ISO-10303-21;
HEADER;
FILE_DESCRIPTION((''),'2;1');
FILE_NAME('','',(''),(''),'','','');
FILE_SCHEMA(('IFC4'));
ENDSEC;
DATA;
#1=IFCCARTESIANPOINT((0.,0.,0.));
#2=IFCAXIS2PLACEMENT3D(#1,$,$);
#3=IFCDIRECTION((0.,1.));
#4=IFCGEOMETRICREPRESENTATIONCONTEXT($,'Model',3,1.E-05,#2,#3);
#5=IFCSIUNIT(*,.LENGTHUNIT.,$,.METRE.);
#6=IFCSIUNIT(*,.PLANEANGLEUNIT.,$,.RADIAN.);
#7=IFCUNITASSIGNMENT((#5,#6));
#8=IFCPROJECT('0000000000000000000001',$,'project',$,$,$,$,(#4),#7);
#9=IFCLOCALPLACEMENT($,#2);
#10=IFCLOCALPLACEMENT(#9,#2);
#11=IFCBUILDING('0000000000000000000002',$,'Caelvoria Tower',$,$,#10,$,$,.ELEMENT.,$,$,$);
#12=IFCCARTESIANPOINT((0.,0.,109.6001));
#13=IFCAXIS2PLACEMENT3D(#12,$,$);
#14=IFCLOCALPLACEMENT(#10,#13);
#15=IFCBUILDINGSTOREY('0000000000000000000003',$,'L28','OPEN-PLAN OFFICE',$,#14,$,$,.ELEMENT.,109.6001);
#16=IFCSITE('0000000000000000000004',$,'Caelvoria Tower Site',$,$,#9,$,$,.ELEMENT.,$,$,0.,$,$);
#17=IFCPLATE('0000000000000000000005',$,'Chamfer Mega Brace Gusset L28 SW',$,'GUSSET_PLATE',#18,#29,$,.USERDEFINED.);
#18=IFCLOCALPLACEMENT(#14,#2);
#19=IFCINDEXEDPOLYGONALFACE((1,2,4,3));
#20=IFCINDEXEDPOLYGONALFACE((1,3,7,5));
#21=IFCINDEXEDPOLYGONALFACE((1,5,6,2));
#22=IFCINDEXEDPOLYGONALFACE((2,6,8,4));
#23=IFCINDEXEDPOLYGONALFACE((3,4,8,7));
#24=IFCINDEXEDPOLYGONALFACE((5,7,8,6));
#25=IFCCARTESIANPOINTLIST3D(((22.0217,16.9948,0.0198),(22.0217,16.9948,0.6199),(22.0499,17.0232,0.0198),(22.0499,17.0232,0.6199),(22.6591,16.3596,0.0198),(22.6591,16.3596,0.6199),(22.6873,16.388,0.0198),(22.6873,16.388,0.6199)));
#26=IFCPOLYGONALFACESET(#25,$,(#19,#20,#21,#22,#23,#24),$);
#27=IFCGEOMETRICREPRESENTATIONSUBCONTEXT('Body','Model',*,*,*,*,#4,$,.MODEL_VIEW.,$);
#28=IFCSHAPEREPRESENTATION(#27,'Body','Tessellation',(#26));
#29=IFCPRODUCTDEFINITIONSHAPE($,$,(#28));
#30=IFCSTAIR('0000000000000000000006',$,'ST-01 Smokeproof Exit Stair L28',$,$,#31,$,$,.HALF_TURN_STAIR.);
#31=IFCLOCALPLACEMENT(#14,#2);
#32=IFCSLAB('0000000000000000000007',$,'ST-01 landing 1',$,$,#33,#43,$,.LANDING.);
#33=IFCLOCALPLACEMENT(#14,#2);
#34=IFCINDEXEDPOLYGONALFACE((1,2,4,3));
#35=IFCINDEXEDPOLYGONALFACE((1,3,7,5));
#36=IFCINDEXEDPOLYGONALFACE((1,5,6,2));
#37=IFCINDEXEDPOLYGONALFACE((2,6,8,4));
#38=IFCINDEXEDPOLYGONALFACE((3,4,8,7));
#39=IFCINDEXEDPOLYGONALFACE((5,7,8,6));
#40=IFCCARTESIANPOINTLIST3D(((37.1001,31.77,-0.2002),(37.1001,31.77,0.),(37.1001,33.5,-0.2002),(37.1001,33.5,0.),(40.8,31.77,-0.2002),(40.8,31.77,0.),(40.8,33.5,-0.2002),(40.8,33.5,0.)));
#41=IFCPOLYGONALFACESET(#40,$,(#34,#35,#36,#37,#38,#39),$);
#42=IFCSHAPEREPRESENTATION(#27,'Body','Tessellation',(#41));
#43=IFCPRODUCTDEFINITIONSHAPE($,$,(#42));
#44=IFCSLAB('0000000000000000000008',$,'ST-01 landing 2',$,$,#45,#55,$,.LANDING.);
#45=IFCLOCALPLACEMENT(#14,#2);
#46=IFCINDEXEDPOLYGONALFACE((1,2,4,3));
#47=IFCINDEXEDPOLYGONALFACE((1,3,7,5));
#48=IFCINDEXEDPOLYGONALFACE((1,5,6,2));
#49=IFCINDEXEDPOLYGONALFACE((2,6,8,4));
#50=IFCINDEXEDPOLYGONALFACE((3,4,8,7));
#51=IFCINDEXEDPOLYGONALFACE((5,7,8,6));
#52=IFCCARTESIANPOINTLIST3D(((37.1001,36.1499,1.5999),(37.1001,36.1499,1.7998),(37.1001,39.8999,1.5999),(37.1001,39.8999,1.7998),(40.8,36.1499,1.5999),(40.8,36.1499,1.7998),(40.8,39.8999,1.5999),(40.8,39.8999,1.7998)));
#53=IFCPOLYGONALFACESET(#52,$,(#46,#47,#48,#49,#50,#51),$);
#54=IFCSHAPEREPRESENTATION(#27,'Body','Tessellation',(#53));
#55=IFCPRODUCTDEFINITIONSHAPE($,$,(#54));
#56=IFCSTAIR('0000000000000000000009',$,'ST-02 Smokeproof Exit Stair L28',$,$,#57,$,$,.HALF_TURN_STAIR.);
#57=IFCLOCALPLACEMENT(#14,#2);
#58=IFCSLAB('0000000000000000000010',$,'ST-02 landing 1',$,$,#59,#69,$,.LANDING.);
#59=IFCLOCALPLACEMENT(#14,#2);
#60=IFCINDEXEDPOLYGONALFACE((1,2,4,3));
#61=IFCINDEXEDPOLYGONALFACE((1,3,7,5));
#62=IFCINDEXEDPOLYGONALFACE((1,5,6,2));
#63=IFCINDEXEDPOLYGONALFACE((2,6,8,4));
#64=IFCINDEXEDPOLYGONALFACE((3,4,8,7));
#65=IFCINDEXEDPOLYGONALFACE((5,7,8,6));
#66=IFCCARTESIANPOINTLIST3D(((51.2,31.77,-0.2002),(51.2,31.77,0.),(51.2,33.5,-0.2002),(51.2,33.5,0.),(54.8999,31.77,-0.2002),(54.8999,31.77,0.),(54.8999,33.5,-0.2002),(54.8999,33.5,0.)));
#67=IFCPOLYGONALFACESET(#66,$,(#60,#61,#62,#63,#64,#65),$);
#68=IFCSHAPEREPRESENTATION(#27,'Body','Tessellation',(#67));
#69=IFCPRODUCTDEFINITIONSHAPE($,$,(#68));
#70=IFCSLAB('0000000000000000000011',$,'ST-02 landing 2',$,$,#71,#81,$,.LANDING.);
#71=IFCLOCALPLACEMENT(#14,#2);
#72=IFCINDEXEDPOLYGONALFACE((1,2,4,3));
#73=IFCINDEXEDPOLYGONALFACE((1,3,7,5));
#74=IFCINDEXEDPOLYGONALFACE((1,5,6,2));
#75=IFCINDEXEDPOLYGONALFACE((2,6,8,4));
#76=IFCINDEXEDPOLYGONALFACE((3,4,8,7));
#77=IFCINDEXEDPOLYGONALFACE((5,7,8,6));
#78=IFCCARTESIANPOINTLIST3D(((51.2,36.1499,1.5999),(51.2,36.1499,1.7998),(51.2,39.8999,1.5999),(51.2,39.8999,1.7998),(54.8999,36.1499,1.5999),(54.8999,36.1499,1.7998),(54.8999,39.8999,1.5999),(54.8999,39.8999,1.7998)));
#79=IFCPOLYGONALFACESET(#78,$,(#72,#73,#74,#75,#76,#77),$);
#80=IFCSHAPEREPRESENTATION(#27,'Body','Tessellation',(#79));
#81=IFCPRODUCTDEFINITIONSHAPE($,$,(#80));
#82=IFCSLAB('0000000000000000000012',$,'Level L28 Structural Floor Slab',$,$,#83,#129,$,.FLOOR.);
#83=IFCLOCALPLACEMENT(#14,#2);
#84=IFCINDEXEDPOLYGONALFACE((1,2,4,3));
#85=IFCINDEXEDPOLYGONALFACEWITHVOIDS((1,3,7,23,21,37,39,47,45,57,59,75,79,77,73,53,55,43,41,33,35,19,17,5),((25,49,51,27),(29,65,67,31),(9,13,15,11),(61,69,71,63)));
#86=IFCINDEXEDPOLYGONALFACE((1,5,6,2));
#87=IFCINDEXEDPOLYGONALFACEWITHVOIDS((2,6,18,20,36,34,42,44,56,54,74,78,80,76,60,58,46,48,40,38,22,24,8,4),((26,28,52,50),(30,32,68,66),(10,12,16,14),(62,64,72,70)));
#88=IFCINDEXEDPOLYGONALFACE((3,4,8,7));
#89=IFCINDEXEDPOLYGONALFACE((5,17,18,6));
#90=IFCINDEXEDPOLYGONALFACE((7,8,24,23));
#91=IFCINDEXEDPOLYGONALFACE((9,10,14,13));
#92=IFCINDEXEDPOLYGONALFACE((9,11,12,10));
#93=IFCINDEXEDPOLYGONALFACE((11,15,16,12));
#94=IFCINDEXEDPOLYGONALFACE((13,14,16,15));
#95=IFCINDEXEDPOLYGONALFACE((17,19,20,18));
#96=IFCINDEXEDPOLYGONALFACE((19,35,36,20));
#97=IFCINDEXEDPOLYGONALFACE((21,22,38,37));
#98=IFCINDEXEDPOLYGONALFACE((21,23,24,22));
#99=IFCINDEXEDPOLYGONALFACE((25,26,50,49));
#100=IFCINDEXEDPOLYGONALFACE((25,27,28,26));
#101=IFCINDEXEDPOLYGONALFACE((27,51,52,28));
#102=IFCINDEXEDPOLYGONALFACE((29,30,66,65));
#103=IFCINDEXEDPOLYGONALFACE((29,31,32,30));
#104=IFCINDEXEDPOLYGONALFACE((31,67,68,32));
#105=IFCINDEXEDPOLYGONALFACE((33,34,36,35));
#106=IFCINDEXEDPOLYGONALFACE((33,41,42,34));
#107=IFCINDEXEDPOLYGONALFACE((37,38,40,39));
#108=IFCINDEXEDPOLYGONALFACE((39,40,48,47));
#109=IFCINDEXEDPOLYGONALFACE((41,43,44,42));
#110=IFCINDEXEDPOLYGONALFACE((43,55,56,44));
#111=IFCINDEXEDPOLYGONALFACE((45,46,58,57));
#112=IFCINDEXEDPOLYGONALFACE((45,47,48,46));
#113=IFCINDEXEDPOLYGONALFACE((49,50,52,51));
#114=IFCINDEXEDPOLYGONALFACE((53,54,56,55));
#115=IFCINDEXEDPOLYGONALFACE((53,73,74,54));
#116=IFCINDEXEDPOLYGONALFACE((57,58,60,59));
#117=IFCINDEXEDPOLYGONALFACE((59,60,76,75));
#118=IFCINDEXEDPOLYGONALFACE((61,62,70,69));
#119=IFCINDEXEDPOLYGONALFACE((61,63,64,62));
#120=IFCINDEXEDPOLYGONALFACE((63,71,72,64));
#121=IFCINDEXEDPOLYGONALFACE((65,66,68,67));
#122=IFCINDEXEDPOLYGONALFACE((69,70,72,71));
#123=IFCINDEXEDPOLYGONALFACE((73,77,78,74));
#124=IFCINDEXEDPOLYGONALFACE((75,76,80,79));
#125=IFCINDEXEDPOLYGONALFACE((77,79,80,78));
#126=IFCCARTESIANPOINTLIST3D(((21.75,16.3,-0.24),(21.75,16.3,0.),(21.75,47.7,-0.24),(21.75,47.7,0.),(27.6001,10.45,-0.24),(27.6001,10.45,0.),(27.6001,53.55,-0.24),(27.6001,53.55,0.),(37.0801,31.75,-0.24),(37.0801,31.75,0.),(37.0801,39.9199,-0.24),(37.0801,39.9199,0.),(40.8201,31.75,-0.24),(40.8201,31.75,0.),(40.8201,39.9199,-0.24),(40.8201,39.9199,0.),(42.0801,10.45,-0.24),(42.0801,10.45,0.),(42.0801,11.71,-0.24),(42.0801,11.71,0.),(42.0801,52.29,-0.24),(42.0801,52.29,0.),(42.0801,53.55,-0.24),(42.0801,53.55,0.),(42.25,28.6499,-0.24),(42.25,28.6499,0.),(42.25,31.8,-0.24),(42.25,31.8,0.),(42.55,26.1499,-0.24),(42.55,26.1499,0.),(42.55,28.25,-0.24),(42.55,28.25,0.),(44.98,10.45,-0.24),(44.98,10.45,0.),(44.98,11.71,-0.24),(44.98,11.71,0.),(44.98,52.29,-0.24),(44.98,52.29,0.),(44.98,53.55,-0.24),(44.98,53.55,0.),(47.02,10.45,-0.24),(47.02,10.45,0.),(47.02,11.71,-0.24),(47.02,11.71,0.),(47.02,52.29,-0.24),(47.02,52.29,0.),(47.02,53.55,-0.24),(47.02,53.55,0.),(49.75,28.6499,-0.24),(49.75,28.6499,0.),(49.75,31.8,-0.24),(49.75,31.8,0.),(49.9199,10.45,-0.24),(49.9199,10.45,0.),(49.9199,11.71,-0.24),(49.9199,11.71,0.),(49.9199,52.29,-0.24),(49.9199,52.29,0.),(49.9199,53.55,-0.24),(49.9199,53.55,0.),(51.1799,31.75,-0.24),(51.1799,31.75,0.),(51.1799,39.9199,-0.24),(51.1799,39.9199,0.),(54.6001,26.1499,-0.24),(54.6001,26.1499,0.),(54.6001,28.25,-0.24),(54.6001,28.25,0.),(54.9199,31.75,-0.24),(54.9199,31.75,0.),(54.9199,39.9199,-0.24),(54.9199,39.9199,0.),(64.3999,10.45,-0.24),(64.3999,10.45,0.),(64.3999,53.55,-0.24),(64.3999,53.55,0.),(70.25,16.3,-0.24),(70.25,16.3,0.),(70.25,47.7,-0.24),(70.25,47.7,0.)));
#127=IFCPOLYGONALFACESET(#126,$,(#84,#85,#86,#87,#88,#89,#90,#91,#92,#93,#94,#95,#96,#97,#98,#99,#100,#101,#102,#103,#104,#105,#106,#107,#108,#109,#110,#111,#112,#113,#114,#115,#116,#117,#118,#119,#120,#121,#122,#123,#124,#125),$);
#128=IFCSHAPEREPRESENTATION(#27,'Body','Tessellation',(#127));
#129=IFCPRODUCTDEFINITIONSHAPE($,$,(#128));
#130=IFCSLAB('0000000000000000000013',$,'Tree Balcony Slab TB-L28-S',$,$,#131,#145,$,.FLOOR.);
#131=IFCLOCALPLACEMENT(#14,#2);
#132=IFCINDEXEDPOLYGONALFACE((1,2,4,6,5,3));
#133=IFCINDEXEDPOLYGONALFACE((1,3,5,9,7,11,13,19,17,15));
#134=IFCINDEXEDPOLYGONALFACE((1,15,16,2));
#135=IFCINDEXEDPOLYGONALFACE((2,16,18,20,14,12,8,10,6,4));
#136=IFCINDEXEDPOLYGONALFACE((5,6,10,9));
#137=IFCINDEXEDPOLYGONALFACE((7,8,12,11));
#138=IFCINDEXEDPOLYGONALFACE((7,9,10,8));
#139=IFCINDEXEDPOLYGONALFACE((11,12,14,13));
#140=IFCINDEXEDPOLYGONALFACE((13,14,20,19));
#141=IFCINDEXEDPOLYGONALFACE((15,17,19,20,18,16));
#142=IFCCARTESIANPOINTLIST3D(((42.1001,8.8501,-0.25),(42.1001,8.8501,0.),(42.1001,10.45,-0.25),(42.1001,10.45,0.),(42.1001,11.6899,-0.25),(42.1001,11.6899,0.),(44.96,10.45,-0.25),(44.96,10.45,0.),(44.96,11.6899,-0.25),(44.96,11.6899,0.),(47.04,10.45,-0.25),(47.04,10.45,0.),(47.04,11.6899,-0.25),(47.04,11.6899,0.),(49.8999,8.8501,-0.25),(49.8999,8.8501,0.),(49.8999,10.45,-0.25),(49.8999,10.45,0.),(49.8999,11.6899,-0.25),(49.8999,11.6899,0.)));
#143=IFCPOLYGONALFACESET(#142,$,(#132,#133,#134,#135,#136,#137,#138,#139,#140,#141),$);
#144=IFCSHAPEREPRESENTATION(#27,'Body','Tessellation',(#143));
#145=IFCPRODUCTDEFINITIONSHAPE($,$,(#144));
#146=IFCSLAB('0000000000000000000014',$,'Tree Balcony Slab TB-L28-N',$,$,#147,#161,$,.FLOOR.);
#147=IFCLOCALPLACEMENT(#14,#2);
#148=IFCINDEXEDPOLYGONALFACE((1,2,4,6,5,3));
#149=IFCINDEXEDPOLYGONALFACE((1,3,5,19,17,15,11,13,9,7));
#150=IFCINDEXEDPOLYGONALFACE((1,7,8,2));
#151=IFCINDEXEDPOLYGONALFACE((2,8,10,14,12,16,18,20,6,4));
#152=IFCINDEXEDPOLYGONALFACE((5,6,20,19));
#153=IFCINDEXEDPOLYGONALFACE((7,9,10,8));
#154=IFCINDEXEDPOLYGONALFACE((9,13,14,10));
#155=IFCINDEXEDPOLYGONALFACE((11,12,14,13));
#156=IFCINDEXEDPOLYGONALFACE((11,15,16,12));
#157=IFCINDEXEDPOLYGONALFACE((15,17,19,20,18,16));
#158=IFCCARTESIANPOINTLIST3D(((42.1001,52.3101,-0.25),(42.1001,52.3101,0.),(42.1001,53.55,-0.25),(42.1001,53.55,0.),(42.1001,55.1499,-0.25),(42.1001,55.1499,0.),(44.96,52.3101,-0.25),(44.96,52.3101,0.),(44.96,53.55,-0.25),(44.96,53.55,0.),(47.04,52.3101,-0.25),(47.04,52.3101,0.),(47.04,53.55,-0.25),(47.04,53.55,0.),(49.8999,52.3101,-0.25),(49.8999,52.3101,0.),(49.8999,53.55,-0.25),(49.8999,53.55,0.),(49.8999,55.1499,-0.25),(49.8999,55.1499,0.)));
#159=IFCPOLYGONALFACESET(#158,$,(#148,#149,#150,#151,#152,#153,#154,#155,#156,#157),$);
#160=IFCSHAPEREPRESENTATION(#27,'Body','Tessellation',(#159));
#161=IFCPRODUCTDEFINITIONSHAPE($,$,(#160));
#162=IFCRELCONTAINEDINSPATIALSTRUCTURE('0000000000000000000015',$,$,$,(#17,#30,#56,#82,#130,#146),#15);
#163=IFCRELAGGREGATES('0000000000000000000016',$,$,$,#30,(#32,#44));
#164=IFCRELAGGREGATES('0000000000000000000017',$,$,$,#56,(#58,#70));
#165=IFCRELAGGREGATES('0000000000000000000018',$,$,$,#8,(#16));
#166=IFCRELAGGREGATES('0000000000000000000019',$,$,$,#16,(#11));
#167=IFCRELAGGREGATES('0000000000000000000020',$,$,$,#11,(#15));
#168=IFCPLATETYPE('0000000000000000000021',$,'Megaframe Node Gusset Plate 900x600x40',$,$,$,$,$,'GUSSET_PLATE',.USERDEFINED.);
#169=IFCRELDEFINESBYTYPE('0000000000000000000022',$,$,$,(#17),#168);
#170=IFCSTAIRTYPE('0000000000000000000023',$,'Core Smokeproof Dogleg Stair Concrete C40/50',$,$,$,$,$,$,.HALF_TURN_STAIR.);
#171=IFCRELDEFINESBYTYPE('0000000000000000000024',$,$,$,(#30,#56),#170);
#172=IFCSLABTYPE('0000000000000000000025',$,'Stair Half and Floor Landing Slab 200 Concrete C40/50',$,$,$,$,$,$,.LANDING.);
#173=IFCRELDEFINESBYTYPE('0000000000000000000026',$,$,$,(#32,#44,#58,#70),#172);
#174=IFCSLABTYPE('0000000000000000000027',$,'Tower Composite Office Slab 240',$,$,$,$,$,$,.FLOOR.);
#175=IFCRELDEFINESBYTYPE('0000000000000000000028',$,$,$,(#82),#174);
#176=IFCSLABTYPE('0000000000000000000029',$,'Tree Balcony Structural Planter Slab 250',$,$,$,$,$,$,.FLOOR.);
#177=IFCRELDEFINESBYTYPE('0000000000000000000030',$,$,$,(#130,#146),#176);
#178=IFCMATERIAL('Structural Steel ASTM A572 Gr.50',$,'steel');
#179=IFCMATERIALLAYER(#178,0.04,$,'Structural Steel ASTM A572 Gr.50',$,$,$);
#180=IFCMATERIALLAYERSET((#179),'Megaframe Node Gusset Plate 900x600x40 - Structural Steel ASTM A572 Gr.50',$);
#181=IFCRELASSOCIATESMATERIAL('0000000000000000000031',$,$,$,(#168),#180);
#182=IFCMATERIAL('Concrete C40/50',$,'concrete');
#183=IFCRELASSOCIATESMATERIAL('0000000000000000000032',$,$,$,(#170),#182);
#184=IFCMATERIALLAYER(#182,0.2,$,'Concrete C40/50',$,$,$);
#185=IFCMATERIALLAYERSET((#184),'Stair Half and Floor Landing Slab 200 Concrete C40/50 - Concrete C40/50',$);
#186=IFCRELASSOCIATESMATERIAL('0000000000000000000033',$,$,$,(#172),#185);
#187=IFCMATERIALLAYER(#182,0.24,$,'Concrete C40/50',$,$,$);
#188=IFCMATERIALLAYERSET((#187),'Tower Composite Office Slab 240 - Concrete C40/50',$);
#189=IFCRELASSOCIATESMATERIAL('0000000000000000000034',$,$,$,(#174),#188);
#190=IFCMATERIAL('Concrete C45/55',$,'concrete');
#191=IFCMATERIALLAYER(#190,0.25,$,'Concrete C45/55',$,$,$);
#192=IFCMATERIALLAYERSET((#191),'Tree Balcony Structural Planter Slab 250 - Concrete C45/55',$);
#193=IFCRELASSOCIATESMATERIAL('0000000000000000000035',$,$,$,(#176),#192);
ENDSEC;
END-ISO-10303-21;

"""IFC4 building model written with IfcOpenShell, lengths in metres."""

from ifc_helpers import new_model, si_unit, direction, frame, origin, origin_2d, place, context, subcontext, project, spatial, polyline, rectangle, outline, extrude, material, layer, layer_set, type_object, element, aggregate, save


model = new_model("IFC4")

# Units and contexts
model_context = context("Model", 3, precision=1e-05, world=origin(), true_north=direction((0.0, 1.0)))
body_context = subcontext(model_context, "Body", "Model", "MODEL_VIEW")
ifc_project = project(units=[si_unit("LENGTHUNIT", "METRE"), si_unit("PLANEANGLEUNIT", "RADIAN")], contexts=[model_context])

# Site, building, storey
site_placement = place(None, origin())
site = spatial("IfcSite", under=ifc_project, at=site_placement, Name="Caelvoria Tower Site", CompositionType="ELEMENT", RefElevation=0.0)
building_placement = place(site_placement, origin())
building = spatial("IfcBuilding", under=site, at=building_placement, Name="Caelvoria Tower", CompositionType="ELEMENT")
storey_placement = place(building_placement, frame((0.0, 0.0, 109.6001)))
storey = spatial("IfcBuildingStorey", under=building, at=storey_placement, Name="L28", Description="OPEN-PLAN OFFICE", CompositionType="ELEMENT", Elevation=109.6001)

# Shared definitions
ifc_material_1 = material(Name="Structural Steel ASTM A572 Gr.50", Category="steel")

# Plate
ifc_layer_1 = layer(ifc_material_1, 0.04, Name="Structural Steel ASTM A572 Gr.50")
ifc_layer_set_1 = layer_set([ifc_layer_1], Name="Megaframe Node Gusset Plate 900x600x40 - Structural Steel ASTM A572 Gr.50")
plate_type = type_object("IfcPlateType", Name="Megaframe Node Gusset Plate 900x600x40", ElementType="GUSSET_PLATE", PredefinedType="USERDEFINED", material=ifc_layer_set_1)
plate_placement = place(storey_placement, frame((22.3545, 16.6914, 0.0198), z_axis=(0.0, 0.0, 1.0), x_axis=(0.708308, -0.705904, 0.0)))
element("IfcPlate", 1, at=plate_placement, inside=storey, type_object=plate_type, Name="Chamfer Mega Brace Gusset L28 SW", ObjectType="GUSSET_PLATE", PredefinedType="USERDEFINED", context=body_context, shape_type="SweptSolid", body=[
    extrude(rectangle(XDim=0.8999, YDim=0.04, at=origin_2d()), origin(), (0.0, 0.0, 1.0), 0.6001),
])

# Stairs, slabs
ifc_material_2 = material(Name="Concrete C40/50", Category="concrete")
stair_type = type_object("IfcStairType", Name="Core Smokeproof Dogleg Stair Concrete C40/50", PredefinedType="HALF_TURN_STAIR", material=ifc_material_2)
stair_1_placement = place(storey_placement, origin())
stair_1 = element("IfcStair", 2, at=stair_1_placement, inside=storey, type_object=stair_type, Name="ST-01 Smokeproof Exit Stair L28", PredefinedType="HALF_TURN_STAIR")
ifc_layer_2 = layer(ifc_material_2, 0.2, Name="Concrete C40/50")
ifc_layer_set_2 = layer_set([ifc_layer_2], Name="Stair Half and Floor Landing Slab 200 Concrete C40/50 - Concrete C40/50")
slab_type_1 = type_object("IfcSlabType", Name="Stair Half and Floor Landing Slab 200 Concrete C40/50", PredefinedType="LANDING", material=ifc_layer_set_2)
slab_1_placement = place(storey_placement, frame((0.0, 0.0, -0.2002)))
slab_1 = element("IfcSlab", 3, at=slab_1_placement, type_object=slab_type_1, Name="ST-01 landing 1", PredefinedType="LANDING", context=body_context, shape_type="SweptSolid", body=[
    extrude(outline(polyline([(37.1001, 31.77), (40.8, 31.77), (40.8, 33.5), (37.1001, 33.5), (37.1001, 31.77)])), origin(), (0.0, 0.0, 1.0), 0.2002),
])
slab_2_placement = place(storey_placement, frame((0.0, 0.0, 1.5999)))
slab_2 = element("IfcSlab", 4, at=slab_2_placement, type_object=slab_type_1, Name="ST-01 landing 2", PredefinedType="LANDING", context=body_context, shape_type="SweptSolid", body=[
    extrude(outline(polyline([(37.1001, 36.1499), (40.8, 36.1499), (40.8, 39.8999), (37.1001, 39.8999), (37.1001, 36.1499)])), origin(), (0.0, 0.0, 1.0), 0.2),
])
aggregate(stair_1, [slab_1, slab_2])
stair_2_placement = place(storey_placement, origin())
stair_2 = element("IfcStair", 5, at=stair_2_placement, inside=storey, type_object=stair_type, Name="ST-02 Smokeproof Exit Stair L28", PredefinedType="HALF_TURN_STAIR")
slab_3_placement = place(storey_placement, frame((0.0, 0.0, -0.2002)))
slab_3 = element("IfcSlab", 6, at=slab_3_placement, type_object=slab_type_1, Name="ST-02 landing 1", PredefinedType="LANDING", context=body_context, shape_type="SweptSolid", body=[
    extrude(outline(polyline([(51.2, 31.77), (54.8999, 31.77), (54.8999, 33.5), (51.2, 33.5), (51.2, 31.77)])), origin(), (0.0, 0.0, 1.0), 0.2002),
])
slab_4_placement = place(storey_placement, frame((0.0, 0.0, 1.5999)))
slab_4 = element("IfcSlab", 7, at=slab_4_placement, type_object=slab_type_1, Name="ST-02 landing 2", PredefinedType="LANDING", context=body_context, shape_type="SweptSolid", body=[
    extrude(outline(polyline([(51.2, 36.1499), (54.8999, 36.1499), (54.8999, 39.8999), (51.2, 39.8999), (51.2, 36.1499)])), origin(), (0.0, 0.0, 1.0), 0.2),
])
aggregate(stair_2, [slab_3, slab_4])

# Slabs
ifc_layer_3 = layer(ifc_material_2, 0.24, Name="Concrete C40/50")
ifc_layer_set_3 = layer_set([ifc_layer_3], Name="Tower Composite Office Slab 240 - Concrete C40/50")
slab_type_2 = type_object("IfcSlabType", Name="Tower Composite Office Slab 240", PredefinedType="FLOOR", material=ifc_layer_set_3)
slab_5_placement = place(storey_placement, frame((0.0, 0.0, -0.24)))
element("IfcSlab", 8, at=slab_5_placement, inside=storey, type_object=slab_type_2, Name="Level L28 Structural Floor Slab", PredefinedType="FLOOR", context=body_context, shape_type="SweptSolid", body=[
    extrude(outline(polyline([(21.75, 47.7), (21.75, 16.3), (27.6001, 10.45), (42.0801, 10.45), (42.0801, 11.71), (44.98, 11.71), (44.98, 10.45), (47.02, 10.45), (47.02, 11.71), (49.9199, 11.71), (49.9199, 10.45), (64.3999, 10.45), (70.25, 16.3), (70.25, 47.7), (64.3999, 53.55), (49.9199, 53.55), (49.9199, 52.29), (47.02, 52.29), (47.02, 53.55), (44.98, 53.55), (44.98, 52.29), (42.0801, 52.29), (42.0801, 53.55), (27.6001, 53.55), (21.75, 47.7)]), holes=[polyline([(37.0801, 31.75), (40.8201, 31.75), (40.8201, 39.9199), (37.0801, 39.9199), (37.0801, 31.75)]), polyline([(51.1799, 31.75), (54.9199, 31.75), (54.9199, 39.9199), (51.1799, 39.9199), (51.1799, 31.75)]), polyline([(42.25, 28.6499), (49.75, 28.6499), (49.75, 31.8), (42.25, 31.8), (42.25, 28.6499)]), polyline([(42.55, 26.1499), (54.6001, 26.1499), (54.6001, 28.25), (42.55, 28.25), (42.55, 26.1499)])]), origin(), (0.0, 0.0, 1.0), 0.24),
])
ifc_material_3 = material(Name="Concrete C45/55", Category="concrete")
ifc_layer_4 = layer(ifc_material_3, 0.25, Name="Concrete C45/55")
ifc_layer_set_4 = layer_set([ifc_layer_4], Name="Tree Balcony Structural Planter Slab 250 - Concrete C45/55")
slab_type_3 = type_object("IfcSlabType", Name="Tree Balcony Structural Planter Slab 250", PredefinedType="FLOOR", material=ifc_layer_set_4)
slab_6_placement = place(storey_placement, frame((0.0, 0.0, -0.25)))
element("IfcSlab", 9, at=slab_6_placement, inside=storey, type_object=slab_type_3, Name="Tree Balcony Slab TB-L28-S", PredefinedType="FLOOR", context=body_context, shape_type="SweptSolid", body=[
    extrude(outline(polyline([(49.8999, 10.45), (49.8999, 11.6899), (47.04, 11.6899), (47.04, 10.45), (44.96, 10.45), (44.96, 11.6899), (42.1001, 11.6899), (42.1001, 10.45), (42.1001, 8.8501), (49.8999, 8.8501), (49.8999, 10.45)])), origin(), (0.0, 0.0, 1.0), 0.25),
])
slab_7_placement = place(storey_placement, frame((0.0, 0.0, -0.25)))
element("IfcSlab", 10, at=slab_7_placement, inside=storey, type_object=slab_type_3, Name="Tree Balcony Slab TB-L28-N", PredefinedType="FLOOR", context=body_context, shape_type="SweptSolid", body=[
    extrude(outline(polyline([(42.1001, 55.1499), (42.1001, 53.55), (42.1001, 52.3101), (44.96, 52.3101), (44.96, 53.55), (47.04, 53.55), (47.04, 52.3101), (49.8999, 52.3101), (49.8999, 53.55), (49.8999, 55.1499), (42.1001, 55.1499)])), origin(), (0.0, 0.0, 1.0), 0.25),
])

save(model, "model.ifc")
